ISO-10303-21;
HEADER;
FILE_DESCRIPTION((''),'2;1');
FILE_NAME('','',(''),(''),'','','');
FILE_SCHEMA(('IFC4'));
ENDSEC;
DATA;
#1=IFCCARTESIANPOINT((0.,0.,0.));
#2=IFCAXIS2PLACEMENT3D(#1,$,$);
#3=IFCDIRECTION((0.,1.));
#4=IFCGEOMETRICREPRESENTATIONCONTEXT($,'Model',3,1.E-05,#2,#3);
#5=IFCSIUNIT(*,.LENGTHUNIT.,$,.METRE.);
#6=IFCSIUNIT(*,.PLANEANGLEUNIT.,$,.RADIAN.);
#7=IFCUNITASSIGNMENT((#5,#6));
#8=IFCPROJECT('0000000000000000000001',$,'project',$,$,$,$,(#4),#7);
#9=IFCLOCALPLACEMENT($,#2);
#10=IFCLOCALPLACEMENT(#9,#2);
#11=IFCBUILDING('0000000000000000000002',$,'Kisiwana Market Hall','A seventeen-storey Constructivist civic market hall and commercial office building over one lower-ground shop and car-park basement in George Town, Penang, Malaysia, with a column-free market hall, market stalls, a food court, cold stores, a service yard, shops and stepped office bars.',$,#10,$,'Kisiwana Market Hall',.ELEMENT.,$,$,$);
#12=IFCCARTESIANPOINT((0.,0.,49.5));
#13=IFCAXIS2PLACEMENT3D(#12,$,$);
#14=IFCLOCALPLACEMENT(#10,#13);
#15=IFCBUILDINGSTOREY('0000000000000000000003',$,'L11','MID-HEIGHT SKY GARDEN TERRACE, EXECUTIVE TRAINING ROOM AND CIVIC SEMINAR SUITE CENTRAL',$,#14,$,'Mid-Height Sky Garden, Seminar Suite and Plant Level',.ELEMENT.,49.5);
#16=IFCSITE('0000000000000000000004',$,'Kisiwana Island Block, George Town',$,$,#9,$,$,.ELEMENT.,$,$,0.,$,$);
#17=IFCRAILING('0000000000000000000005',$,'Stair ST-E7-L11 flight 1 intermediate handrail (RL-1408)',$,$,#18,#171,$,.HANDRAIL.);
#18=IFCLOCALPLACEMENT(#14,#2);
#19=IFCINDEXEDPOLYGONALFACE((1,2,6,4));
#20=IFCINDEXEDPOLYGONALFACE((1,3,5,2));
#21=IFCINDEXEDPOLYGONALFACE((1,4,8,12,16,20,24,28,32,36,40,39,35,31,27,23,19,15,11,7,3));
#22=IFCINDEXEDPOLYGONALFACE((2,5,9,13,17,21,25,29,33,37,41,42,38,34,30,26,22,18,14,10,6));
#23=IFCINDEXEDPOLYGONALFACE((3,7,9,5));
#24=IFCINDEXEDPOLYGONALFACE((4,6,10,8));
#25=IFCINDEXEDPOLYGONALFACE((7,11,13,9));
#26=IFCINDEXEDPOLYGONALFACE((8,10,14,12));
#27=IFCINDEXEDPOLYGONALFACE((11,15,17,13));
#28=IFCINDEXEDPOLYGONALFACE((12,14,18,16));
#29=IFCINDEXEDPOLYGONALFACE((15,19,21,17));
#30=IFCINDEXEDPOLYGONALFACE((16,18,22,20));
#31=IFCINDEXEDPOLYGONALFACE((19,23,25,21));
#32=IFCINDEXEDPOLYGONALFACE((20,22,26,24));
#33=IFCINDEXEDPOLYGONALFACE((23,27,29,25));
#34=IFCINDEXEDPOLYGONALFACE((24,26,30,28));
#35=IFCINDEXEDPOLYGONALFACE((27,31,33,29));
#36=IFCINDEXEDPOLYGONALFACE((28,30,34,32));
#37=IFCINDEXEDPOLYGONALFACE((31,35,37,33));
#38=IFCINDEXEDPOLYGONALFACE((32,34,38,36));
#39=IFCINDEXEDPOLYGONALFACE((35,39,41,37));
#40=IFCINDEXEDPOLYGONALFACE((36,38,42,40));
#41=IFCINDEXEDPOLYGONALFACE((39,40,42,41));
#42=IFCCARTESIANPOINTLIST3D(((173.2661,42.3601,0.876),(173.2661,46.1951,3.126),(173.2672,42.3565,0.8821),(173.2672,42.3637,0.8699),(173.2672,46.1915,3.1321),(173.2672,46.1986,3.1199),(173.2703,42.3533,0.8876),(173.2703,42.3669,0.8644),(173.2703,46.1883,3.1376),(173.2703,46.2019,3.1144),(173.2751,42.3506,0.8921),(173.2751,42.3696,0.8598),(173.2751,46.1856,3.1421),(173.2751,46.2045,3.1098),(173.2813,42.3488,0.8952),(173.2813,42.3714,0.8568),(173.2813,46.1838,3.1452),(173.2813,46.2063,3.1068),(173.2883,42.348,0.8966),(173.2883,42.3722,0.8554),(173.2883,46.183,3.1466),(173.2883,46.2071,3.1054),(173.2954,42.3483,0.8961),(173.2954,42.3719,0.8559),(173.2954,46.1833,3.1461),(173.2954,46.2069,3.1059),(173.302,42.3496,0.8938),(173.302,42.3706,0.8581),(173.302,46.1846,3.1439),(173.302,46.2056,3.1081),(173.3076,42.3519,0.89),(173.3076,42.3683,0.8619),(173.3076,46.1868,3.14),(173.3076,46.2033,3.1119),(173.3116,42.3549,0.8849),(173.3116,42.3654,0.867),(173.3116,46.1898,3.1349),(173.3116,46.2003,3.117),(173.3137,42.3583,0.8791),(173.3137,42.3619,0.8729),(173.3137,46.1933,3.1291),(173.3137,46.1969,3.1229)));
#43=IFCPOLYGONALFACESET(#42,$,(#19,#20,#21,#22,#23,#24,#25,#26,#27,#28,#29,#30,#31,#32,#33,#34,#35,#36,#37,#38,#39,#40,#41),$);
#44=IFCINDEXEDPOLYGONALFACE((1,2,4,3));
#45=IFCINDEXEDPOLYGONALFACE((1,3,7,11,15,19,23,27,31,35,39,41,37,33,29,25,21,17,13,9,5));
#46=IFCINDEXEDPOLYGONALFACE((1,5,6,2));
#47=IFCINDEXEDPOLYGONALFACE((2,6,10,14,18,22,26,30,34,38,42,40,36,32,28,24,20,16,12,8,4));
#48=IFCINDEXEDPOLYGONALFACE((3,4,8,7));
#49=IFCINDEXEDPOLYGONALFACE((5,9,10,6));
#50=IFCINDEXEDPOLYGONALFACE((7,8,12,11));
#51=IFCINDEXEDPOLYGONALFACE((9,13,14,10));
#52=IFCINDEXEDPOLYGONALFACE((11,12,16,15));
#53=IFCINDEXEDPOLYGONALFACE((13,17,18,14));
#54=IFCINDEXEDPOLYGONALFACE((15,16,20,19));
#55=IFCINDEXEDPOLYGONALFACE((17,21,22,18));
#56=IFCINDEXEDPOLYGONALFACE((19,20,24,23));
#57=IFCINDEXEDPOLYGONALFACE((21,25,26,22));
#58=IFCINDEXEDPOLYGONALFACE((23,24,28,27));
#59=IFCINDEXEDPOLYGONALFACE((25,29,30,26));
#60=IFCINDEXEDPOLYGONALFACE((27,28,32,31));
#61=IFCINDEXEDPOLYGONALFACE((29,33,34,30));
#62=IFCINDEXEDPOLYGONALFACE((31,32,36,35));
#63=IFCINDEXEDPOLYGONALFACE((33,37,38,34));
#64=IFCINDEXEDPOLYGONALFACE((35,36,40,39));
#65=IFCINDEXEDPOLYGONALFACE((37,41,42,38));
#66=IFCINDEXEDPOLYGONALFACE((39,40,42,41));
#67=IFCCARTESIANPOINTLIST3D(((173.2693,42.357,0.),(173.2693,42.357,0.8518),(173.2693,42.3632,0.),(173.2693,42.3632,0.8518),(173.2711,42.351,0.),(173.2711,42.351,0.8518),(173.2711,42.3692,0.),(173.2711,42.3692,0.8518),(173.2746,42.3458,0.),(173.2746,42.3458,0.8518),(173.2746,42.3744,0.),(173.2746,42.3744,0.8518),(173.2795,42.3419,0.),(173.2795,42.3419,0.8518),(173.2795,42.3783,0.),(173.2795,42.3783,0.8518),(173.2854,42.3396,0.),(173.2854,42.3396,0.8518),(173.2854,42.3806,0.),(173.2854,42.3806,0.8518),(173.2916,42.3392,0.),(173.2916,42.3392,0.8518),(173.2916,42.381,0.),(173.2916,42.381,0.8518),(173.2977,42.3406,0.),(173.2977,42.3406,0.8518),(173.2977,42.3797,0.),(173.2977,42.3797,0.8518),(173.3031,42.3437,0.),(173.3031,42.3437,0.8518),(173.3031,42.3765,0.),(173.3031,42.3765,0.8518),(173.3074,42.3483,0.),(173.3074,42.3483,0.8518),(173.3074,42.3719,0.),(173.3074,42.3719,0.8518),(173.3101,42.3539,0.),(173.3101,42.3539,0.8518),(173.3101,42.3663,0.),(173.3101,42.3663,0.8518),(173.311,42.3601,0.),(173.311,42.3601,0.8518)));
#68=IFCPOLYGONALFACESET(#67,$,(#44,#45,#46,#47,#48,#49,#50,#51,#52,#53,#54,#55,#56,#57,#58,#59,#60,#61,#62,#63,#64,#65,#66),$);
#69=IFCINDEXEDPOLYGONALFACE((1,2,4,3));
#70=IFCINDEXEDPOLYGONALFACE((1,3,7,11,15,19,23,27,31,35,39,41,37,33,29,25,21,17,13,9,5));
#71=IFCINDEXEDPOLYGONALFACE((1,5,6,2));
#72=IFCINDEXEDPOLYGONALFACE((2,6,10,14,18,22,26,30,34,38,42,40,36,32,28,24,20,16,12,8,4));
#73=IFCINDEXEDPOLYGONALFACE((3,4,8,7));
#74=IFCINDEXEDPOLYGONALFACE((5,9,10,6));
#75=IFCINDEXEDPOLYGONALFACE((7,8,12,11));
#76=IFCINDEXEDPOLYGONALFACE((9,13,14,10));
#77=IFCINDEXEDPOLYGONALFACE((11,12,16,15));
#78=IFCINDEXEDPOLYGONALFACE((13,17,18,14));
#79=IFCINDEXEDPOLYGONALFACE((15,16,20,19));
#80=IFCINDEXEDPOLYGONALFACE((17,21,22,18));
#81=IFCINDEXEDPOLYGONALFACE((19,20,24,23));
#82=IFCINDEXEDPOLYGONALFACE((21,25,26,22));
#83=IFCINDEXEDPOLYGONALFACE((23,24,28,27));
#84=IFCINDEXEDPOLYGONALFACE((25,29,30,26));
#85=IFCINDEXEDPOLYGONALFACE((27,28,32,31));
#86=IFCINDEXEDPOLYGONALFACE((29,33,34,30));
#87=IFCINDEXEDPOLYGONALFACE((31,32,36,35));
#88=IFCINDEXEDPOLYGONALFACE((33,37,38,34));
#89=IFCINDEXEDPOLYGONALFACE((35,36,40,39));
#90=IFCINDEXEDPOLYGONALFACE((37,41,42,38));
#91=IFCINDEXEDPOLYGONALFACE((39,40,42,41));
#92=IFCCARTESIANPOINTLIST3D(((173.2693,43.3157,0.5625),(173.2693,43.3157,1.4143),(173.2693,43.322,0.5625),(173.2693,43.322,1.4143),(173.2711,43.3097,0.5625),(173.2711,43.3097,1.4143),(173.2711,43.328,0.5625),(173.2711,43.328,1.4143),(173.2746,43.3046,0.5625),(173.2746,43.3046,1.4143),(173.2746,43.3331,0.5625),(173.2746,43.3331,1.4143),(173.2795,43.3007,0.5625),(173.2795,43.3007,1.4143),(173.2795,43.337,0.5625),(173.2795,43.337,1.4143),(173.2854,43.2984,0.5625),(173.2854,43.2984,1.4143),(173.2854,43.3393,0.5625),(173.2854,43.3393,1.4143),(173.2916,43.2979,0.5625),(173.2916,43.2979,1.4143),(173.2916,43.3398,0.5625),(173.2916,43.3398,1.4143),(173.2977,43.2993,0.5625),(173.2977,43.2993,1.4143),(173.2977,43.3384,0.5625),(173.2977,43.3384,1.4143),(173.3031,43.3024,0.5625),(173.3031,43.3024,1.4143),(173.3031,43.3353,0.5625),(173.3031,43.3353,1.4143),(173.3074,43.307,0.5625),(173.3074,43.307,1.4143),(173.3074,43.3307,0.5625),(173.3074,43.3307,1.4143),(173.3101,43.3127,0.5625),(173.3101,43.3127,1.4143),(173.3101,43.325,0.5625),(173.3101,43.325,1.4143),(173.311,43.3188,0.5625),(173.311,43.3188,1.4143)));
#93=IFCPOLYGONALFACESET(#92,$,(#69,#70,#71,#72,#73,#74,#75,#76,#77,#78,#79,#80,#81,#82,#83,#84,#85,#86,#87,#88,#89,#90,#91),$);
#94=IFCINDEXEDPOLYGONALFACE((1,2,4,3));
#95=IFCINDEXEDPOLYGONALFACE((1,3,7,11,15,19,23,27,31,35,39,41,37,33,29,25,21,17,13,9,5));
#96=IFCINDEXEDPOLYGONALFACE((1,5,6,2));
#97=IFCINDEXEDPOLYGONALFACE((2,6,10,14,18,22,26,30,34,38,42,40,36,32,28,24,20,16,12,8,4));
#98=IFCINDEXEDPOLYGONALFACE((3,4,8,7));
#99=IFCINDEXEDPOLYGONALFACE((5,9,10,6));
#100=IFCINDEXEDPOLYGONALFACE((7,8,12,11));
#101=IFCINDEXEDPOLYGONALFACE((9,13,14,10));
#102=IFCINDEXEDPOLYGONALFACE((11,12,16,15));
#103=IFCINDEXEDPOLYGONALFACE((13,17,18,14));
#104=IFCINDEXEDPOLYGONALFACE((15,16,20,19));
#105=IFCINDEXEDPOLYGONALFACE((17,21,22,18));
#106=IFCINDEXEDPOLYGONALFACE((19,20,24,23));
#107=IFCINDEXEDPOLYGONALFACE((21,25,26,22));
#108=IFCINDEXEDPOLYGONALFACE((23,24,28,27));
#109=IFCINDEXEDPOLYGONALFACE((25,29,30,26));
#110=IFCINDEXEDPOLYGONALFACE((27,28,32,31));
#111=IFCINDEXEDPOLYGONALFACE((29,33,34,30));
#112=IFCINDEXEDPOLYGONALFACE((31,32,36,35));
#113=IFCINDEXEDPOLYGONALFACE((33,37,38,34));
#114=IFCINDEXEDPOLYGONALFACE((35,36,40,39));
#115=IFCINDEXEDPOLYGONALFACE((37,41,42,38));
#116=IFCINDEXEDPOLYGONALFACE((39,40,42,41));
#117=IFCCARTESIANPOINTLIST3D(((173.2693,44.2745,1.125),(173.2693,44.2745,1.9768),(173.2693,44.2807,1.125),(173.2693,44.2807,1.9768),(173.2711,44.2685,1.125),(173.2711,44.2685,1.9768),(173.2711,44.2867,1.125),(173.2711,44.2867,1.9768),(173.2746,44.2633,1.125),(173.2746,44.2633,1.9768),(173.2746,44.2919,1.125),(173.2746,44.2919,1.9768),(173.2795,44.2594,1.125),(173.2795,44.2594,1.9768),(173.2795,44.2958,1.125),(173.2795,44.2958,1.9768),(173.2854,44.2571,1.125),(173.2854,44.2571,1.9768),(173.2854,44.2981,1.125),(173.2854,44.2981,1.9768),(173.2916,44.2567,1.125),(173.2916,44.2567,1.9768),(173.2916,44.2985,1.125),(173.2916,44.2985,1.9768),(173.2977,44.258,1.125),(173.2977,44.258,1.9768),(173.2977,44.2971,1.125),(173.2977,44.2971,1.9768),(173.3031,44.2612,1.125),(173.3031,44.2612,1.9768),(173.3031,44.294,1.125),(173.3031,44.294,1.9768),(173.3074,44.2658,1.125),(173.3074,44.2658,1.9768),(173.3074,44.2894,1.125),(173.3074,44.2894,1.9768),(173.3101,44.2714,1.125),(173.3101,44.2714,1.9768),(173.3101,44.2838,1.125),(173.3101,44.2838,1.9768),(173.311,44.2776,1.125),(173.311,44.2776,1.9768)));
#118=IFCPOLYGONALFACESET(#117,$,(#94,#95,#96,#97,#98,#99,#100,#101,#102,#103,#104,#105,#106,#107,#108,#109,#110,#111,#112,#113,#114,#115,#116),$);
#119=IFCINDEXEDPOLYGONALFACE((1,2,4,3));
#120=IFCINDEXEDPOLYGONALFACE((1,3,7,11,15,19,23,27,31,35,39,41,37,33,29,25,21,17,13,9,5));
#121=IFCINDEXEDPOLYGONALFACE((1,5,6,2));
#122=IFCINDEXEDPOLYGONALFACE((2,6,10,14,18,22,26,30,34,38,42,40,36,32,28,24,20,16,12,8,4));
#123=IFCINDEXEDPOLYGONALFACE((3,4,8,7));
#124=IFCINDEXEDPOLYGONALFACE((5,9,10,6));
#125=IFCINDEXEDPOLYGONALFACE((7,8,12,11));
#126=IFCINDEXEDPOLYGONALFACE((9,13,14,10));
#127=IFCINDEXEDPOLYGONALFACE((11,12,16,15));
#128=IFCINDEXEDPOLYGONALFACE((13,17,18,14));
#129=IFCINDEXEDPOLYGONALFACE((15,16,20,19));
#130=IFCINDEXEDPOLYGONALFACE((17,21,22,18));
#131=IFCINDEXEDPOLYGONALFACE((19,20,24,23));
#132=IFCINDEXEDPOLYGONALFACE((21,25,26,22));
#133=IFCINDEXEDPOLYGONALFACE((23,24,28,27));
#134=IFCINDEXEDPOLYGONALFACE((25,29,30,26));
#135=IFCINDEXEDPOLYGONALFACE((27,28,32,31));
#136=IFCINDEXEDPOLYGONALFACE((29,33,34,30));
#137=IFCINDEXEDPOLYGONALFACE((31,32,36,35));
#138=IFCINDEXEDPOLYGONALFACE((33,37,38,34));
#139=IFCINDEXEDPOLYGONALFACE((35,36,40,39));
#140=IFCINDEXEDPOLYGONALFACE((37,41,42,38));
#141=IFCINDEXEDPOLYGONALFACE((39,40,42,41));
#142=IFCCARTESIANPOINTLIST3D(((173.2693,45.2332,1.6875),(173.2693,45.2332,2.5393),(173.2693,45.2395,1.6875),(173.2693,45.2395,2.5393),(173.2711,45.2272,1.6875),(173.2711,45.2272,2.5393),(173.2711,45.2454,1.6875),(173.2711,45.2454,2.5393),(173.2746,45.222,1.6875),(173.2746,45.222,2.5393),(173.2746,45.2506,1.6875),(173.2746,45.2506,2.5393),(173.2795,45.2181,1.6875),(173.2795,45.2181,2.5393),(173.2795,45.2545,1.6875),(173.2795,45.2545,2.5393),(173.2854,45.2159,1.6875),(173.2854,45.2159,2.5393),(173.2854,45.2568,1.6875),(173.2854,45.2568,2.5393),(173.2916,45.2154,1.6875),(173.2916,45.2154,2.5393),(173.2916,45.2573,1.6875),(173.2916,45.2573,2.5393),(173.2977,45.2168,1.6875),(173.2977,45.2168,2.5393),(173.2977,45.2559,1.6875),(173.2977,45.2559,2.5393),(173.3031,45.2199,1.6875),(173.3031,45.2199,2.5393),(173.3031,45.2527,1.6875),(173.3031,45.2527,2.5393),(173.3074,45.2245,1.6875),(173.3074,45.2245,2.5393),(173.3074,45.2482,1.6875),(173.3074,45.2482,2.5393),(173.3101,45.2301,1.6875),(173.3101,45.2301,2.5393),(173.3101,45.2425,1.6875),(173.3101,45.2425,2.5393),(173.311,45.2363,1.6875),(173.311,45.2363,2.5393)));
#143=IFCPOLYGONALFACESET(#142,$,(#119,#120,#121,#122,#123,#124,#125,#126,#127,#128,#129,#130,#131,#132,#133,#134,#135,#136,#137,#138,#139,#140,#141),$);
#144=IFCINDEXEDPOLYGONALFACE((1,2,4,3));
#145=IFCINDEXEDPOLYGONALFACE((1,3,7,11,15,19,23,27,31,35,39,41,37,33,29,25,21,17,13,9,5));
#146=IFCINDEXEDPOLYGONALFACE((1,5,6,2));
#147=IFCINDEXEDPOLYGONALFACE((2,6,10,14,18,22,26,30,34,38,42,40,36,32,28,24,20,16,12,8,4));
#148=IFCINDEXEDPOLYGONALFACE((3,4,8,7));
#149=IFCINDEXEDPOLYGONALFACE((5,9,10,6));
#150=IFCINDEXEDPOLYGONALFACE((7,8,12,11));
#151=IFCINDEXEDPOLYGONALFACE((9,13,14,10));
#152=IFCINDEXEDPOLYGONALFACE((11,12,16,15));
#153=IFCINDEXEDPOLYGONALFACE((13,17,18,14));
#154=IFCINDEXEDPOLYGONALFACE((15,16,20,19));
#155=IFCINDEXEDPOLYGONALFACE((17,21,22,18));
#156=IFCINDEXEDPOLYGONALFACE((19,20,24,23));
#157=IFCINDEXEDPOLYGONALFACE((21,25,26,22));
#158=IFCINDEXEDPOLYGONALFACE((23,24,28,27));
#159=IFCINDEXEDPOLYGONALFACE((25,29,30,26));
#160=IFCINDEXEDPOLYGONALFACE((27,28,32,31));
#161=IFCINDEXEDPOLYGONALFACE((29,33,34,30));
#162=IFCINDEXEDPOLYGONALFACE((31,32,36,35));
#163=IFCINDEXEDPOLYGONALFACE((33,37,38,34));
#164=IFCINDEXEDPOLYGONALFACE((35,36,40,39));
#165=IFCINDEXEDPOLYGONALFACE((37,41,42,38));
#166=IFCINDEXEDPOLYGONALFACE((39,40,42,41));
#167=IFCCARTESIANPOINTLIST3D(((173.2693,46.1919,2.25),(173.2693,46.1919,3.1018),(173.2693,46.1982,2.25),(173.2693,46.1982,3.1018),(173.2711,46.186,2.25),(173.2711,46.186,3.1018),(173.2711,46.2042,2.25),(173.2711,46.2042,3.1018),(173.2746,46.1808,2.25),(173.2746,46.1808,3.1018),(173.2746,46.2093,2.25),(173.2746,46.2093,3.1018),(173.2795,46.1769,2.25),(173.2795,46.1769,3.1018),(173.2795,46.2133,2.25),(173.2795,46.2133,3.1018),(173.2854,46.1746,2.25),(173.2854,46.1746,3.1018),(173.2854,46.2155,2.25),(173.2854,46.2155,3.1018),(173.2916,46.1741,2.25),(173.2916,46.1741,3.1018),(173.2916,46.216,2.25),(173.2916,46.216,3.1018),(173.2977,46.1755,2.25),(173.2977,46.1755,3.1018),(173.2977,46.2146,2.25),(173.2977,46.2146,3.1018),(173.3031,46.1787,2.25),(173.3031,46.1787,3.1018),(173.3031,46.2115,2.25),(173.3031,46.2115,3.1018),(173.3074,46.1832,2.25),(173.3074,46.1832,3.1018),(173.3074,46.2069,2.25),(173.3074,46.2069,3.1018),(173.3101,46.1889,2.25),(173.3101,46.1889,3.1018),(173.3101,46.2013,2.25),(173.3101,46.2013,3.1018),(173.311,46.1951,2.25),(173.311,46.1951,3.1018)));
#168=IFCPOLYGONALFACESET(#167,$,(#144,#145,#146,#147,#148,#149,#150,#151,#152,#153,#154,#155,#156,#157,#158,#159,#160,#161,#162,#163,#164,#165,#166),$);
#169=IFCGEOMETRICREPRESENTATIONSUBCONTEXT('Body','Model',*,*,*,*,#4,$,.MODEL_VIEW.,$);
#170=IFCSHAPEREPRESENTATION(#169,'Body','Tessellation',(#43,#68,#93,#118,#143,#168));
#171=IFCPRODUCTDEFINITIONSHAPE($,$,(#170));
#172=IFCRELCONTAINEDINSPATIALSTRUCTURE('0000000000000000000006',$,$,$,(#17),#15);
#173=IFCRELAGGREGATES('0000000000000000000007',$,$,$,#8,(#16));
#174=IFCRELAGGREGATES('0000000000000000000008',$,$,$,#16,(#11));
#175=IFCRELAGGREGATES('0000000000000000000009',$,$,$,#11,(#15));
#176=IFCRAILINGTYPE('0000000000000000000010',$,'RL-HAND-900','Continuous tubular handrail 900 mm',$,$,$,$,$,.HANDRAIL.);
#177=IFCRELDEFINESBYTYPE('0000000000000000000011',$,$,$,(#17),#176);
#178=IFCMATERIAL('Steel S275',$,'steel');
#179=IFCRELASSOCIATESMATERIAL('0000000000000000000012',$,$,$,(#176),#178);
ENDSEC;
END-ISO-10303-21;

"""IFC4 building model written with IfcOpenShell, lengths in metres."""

from ifc_helpers import new_model, si_unit, direction, frame, origin, origin_2d, place, context, subcontext, project, spatial, circle, extrude, material, type_object, element, save


model = new_model("IFC4")

# Units and contexts
model_context = context("Model", 3, precision=1e-05, world=origin(), true_north=direction((0.0, 1.0)))
body_context = subcontext(model_context, "Body", "Model", "MODEL_VIEW")
ifc_project = project(units=[si_unit("LENGTHUNIT", "METRE"), si_unit("PLANEANGLEUNIT", "RADIAN")], contexts=[model_context])

# Site, building, storey
site_placement = place(None, origin())
site = spatial("IfcSite", under=ifc_project, at=site_placement, Name="Kisiwana Island Block, George Town", CompositionType="ELEMENT", RefElevation=0.0)
building_placement = place(site_placement, origin())
building = spatial("IfcBuilding", under=site, at=building_placement, Name="Kisiwana Market Hall", Description="A seventeen-storey Constructivist civic market hall and commercial office building over one lower-ground shop and car-park basement in George Town, Penang, Malaysia, with a column-free market hall, market stalls, a food court, cold stores, a service yard, shops and stepped office bars.", LongName="Kisiwana Market Hall", CompositionType="ELEMENT")
storey_placement = place(building_placement, frame((0.0, 0.0, 49.5)))
storey = spatial("IfcBuildingStorey", under=building, at=storey_placement, Name="L11", Description="MID-HEIGHT SKY GARDEN TERRACE, EXECUTIVE TRAINING ROOM AND CIVIC SEMINAR SUITE CENTRAL", LongName="Mid-Height Sky Garden, Seminar Suite and Plant Level", CompositionType="ELEMENT", Elevation=49.5)

# Railing
ifc_material_1 = material(Name="Steel S275", Category="steel")
railing_type_1 = type_object("IfcRailingType", Name="RL-HAND-900", Description="Continuous tubular handrail 900 mm", PredefinedType="HANDRAIL", material=ifc_material_1)
railing_1_placement = place(storey_placement, frame((173.29, 42.3601, 0.0)))
element("IfcRailing", 1, at=railing_1_placement, inside=storey, type_object=railing_type_1, Name="Stair ST-E7-L11 flight 1 intermediate handrail (RL-1408)", PredefinedType="HANDRAIL", context=body_context, shape_type="SweptSolid", body=[
    extrude(circle(Radius=0.0239, at=origin_2d()), frame((0.0, 0.0, 0.876), z_axis=(0.0, 0.86251, 0.506041), x_axis=(-1.0, 0.0, 0.0)), (0.0, 0.0, 1.0), 4.4463),
    extrude(circle(Radius=0.021, at=origin_2d()), origin(), (0.0, 0.0, 1.0), 0.8518),
    extrude(circle(Radius=0.021, at=origin_2d()), frame((0.0, 0.9587, 0.5625)), (0.0, 0.0, 1.0), 0.8518),
    extrude(circle(Radius=0.021, at=origin_2d()), frame((0.0, 1.9175, 1.125)), (0.0, 0.0, 1.0), 0.8518),
    extrude(circle(Radius=0.021, at=origin_2d()), frame((0.0, 2.8762, 1.6875)), (0.0, 0.0, 1.0), 0.8518),
    extrude(circle(Radius=0.021, at=origin_2d()), frame((0.0, 3.835, 2.25)), (0.0, 0.0, 1.0), 0.8518),
])

save(model, "model.ifc")
